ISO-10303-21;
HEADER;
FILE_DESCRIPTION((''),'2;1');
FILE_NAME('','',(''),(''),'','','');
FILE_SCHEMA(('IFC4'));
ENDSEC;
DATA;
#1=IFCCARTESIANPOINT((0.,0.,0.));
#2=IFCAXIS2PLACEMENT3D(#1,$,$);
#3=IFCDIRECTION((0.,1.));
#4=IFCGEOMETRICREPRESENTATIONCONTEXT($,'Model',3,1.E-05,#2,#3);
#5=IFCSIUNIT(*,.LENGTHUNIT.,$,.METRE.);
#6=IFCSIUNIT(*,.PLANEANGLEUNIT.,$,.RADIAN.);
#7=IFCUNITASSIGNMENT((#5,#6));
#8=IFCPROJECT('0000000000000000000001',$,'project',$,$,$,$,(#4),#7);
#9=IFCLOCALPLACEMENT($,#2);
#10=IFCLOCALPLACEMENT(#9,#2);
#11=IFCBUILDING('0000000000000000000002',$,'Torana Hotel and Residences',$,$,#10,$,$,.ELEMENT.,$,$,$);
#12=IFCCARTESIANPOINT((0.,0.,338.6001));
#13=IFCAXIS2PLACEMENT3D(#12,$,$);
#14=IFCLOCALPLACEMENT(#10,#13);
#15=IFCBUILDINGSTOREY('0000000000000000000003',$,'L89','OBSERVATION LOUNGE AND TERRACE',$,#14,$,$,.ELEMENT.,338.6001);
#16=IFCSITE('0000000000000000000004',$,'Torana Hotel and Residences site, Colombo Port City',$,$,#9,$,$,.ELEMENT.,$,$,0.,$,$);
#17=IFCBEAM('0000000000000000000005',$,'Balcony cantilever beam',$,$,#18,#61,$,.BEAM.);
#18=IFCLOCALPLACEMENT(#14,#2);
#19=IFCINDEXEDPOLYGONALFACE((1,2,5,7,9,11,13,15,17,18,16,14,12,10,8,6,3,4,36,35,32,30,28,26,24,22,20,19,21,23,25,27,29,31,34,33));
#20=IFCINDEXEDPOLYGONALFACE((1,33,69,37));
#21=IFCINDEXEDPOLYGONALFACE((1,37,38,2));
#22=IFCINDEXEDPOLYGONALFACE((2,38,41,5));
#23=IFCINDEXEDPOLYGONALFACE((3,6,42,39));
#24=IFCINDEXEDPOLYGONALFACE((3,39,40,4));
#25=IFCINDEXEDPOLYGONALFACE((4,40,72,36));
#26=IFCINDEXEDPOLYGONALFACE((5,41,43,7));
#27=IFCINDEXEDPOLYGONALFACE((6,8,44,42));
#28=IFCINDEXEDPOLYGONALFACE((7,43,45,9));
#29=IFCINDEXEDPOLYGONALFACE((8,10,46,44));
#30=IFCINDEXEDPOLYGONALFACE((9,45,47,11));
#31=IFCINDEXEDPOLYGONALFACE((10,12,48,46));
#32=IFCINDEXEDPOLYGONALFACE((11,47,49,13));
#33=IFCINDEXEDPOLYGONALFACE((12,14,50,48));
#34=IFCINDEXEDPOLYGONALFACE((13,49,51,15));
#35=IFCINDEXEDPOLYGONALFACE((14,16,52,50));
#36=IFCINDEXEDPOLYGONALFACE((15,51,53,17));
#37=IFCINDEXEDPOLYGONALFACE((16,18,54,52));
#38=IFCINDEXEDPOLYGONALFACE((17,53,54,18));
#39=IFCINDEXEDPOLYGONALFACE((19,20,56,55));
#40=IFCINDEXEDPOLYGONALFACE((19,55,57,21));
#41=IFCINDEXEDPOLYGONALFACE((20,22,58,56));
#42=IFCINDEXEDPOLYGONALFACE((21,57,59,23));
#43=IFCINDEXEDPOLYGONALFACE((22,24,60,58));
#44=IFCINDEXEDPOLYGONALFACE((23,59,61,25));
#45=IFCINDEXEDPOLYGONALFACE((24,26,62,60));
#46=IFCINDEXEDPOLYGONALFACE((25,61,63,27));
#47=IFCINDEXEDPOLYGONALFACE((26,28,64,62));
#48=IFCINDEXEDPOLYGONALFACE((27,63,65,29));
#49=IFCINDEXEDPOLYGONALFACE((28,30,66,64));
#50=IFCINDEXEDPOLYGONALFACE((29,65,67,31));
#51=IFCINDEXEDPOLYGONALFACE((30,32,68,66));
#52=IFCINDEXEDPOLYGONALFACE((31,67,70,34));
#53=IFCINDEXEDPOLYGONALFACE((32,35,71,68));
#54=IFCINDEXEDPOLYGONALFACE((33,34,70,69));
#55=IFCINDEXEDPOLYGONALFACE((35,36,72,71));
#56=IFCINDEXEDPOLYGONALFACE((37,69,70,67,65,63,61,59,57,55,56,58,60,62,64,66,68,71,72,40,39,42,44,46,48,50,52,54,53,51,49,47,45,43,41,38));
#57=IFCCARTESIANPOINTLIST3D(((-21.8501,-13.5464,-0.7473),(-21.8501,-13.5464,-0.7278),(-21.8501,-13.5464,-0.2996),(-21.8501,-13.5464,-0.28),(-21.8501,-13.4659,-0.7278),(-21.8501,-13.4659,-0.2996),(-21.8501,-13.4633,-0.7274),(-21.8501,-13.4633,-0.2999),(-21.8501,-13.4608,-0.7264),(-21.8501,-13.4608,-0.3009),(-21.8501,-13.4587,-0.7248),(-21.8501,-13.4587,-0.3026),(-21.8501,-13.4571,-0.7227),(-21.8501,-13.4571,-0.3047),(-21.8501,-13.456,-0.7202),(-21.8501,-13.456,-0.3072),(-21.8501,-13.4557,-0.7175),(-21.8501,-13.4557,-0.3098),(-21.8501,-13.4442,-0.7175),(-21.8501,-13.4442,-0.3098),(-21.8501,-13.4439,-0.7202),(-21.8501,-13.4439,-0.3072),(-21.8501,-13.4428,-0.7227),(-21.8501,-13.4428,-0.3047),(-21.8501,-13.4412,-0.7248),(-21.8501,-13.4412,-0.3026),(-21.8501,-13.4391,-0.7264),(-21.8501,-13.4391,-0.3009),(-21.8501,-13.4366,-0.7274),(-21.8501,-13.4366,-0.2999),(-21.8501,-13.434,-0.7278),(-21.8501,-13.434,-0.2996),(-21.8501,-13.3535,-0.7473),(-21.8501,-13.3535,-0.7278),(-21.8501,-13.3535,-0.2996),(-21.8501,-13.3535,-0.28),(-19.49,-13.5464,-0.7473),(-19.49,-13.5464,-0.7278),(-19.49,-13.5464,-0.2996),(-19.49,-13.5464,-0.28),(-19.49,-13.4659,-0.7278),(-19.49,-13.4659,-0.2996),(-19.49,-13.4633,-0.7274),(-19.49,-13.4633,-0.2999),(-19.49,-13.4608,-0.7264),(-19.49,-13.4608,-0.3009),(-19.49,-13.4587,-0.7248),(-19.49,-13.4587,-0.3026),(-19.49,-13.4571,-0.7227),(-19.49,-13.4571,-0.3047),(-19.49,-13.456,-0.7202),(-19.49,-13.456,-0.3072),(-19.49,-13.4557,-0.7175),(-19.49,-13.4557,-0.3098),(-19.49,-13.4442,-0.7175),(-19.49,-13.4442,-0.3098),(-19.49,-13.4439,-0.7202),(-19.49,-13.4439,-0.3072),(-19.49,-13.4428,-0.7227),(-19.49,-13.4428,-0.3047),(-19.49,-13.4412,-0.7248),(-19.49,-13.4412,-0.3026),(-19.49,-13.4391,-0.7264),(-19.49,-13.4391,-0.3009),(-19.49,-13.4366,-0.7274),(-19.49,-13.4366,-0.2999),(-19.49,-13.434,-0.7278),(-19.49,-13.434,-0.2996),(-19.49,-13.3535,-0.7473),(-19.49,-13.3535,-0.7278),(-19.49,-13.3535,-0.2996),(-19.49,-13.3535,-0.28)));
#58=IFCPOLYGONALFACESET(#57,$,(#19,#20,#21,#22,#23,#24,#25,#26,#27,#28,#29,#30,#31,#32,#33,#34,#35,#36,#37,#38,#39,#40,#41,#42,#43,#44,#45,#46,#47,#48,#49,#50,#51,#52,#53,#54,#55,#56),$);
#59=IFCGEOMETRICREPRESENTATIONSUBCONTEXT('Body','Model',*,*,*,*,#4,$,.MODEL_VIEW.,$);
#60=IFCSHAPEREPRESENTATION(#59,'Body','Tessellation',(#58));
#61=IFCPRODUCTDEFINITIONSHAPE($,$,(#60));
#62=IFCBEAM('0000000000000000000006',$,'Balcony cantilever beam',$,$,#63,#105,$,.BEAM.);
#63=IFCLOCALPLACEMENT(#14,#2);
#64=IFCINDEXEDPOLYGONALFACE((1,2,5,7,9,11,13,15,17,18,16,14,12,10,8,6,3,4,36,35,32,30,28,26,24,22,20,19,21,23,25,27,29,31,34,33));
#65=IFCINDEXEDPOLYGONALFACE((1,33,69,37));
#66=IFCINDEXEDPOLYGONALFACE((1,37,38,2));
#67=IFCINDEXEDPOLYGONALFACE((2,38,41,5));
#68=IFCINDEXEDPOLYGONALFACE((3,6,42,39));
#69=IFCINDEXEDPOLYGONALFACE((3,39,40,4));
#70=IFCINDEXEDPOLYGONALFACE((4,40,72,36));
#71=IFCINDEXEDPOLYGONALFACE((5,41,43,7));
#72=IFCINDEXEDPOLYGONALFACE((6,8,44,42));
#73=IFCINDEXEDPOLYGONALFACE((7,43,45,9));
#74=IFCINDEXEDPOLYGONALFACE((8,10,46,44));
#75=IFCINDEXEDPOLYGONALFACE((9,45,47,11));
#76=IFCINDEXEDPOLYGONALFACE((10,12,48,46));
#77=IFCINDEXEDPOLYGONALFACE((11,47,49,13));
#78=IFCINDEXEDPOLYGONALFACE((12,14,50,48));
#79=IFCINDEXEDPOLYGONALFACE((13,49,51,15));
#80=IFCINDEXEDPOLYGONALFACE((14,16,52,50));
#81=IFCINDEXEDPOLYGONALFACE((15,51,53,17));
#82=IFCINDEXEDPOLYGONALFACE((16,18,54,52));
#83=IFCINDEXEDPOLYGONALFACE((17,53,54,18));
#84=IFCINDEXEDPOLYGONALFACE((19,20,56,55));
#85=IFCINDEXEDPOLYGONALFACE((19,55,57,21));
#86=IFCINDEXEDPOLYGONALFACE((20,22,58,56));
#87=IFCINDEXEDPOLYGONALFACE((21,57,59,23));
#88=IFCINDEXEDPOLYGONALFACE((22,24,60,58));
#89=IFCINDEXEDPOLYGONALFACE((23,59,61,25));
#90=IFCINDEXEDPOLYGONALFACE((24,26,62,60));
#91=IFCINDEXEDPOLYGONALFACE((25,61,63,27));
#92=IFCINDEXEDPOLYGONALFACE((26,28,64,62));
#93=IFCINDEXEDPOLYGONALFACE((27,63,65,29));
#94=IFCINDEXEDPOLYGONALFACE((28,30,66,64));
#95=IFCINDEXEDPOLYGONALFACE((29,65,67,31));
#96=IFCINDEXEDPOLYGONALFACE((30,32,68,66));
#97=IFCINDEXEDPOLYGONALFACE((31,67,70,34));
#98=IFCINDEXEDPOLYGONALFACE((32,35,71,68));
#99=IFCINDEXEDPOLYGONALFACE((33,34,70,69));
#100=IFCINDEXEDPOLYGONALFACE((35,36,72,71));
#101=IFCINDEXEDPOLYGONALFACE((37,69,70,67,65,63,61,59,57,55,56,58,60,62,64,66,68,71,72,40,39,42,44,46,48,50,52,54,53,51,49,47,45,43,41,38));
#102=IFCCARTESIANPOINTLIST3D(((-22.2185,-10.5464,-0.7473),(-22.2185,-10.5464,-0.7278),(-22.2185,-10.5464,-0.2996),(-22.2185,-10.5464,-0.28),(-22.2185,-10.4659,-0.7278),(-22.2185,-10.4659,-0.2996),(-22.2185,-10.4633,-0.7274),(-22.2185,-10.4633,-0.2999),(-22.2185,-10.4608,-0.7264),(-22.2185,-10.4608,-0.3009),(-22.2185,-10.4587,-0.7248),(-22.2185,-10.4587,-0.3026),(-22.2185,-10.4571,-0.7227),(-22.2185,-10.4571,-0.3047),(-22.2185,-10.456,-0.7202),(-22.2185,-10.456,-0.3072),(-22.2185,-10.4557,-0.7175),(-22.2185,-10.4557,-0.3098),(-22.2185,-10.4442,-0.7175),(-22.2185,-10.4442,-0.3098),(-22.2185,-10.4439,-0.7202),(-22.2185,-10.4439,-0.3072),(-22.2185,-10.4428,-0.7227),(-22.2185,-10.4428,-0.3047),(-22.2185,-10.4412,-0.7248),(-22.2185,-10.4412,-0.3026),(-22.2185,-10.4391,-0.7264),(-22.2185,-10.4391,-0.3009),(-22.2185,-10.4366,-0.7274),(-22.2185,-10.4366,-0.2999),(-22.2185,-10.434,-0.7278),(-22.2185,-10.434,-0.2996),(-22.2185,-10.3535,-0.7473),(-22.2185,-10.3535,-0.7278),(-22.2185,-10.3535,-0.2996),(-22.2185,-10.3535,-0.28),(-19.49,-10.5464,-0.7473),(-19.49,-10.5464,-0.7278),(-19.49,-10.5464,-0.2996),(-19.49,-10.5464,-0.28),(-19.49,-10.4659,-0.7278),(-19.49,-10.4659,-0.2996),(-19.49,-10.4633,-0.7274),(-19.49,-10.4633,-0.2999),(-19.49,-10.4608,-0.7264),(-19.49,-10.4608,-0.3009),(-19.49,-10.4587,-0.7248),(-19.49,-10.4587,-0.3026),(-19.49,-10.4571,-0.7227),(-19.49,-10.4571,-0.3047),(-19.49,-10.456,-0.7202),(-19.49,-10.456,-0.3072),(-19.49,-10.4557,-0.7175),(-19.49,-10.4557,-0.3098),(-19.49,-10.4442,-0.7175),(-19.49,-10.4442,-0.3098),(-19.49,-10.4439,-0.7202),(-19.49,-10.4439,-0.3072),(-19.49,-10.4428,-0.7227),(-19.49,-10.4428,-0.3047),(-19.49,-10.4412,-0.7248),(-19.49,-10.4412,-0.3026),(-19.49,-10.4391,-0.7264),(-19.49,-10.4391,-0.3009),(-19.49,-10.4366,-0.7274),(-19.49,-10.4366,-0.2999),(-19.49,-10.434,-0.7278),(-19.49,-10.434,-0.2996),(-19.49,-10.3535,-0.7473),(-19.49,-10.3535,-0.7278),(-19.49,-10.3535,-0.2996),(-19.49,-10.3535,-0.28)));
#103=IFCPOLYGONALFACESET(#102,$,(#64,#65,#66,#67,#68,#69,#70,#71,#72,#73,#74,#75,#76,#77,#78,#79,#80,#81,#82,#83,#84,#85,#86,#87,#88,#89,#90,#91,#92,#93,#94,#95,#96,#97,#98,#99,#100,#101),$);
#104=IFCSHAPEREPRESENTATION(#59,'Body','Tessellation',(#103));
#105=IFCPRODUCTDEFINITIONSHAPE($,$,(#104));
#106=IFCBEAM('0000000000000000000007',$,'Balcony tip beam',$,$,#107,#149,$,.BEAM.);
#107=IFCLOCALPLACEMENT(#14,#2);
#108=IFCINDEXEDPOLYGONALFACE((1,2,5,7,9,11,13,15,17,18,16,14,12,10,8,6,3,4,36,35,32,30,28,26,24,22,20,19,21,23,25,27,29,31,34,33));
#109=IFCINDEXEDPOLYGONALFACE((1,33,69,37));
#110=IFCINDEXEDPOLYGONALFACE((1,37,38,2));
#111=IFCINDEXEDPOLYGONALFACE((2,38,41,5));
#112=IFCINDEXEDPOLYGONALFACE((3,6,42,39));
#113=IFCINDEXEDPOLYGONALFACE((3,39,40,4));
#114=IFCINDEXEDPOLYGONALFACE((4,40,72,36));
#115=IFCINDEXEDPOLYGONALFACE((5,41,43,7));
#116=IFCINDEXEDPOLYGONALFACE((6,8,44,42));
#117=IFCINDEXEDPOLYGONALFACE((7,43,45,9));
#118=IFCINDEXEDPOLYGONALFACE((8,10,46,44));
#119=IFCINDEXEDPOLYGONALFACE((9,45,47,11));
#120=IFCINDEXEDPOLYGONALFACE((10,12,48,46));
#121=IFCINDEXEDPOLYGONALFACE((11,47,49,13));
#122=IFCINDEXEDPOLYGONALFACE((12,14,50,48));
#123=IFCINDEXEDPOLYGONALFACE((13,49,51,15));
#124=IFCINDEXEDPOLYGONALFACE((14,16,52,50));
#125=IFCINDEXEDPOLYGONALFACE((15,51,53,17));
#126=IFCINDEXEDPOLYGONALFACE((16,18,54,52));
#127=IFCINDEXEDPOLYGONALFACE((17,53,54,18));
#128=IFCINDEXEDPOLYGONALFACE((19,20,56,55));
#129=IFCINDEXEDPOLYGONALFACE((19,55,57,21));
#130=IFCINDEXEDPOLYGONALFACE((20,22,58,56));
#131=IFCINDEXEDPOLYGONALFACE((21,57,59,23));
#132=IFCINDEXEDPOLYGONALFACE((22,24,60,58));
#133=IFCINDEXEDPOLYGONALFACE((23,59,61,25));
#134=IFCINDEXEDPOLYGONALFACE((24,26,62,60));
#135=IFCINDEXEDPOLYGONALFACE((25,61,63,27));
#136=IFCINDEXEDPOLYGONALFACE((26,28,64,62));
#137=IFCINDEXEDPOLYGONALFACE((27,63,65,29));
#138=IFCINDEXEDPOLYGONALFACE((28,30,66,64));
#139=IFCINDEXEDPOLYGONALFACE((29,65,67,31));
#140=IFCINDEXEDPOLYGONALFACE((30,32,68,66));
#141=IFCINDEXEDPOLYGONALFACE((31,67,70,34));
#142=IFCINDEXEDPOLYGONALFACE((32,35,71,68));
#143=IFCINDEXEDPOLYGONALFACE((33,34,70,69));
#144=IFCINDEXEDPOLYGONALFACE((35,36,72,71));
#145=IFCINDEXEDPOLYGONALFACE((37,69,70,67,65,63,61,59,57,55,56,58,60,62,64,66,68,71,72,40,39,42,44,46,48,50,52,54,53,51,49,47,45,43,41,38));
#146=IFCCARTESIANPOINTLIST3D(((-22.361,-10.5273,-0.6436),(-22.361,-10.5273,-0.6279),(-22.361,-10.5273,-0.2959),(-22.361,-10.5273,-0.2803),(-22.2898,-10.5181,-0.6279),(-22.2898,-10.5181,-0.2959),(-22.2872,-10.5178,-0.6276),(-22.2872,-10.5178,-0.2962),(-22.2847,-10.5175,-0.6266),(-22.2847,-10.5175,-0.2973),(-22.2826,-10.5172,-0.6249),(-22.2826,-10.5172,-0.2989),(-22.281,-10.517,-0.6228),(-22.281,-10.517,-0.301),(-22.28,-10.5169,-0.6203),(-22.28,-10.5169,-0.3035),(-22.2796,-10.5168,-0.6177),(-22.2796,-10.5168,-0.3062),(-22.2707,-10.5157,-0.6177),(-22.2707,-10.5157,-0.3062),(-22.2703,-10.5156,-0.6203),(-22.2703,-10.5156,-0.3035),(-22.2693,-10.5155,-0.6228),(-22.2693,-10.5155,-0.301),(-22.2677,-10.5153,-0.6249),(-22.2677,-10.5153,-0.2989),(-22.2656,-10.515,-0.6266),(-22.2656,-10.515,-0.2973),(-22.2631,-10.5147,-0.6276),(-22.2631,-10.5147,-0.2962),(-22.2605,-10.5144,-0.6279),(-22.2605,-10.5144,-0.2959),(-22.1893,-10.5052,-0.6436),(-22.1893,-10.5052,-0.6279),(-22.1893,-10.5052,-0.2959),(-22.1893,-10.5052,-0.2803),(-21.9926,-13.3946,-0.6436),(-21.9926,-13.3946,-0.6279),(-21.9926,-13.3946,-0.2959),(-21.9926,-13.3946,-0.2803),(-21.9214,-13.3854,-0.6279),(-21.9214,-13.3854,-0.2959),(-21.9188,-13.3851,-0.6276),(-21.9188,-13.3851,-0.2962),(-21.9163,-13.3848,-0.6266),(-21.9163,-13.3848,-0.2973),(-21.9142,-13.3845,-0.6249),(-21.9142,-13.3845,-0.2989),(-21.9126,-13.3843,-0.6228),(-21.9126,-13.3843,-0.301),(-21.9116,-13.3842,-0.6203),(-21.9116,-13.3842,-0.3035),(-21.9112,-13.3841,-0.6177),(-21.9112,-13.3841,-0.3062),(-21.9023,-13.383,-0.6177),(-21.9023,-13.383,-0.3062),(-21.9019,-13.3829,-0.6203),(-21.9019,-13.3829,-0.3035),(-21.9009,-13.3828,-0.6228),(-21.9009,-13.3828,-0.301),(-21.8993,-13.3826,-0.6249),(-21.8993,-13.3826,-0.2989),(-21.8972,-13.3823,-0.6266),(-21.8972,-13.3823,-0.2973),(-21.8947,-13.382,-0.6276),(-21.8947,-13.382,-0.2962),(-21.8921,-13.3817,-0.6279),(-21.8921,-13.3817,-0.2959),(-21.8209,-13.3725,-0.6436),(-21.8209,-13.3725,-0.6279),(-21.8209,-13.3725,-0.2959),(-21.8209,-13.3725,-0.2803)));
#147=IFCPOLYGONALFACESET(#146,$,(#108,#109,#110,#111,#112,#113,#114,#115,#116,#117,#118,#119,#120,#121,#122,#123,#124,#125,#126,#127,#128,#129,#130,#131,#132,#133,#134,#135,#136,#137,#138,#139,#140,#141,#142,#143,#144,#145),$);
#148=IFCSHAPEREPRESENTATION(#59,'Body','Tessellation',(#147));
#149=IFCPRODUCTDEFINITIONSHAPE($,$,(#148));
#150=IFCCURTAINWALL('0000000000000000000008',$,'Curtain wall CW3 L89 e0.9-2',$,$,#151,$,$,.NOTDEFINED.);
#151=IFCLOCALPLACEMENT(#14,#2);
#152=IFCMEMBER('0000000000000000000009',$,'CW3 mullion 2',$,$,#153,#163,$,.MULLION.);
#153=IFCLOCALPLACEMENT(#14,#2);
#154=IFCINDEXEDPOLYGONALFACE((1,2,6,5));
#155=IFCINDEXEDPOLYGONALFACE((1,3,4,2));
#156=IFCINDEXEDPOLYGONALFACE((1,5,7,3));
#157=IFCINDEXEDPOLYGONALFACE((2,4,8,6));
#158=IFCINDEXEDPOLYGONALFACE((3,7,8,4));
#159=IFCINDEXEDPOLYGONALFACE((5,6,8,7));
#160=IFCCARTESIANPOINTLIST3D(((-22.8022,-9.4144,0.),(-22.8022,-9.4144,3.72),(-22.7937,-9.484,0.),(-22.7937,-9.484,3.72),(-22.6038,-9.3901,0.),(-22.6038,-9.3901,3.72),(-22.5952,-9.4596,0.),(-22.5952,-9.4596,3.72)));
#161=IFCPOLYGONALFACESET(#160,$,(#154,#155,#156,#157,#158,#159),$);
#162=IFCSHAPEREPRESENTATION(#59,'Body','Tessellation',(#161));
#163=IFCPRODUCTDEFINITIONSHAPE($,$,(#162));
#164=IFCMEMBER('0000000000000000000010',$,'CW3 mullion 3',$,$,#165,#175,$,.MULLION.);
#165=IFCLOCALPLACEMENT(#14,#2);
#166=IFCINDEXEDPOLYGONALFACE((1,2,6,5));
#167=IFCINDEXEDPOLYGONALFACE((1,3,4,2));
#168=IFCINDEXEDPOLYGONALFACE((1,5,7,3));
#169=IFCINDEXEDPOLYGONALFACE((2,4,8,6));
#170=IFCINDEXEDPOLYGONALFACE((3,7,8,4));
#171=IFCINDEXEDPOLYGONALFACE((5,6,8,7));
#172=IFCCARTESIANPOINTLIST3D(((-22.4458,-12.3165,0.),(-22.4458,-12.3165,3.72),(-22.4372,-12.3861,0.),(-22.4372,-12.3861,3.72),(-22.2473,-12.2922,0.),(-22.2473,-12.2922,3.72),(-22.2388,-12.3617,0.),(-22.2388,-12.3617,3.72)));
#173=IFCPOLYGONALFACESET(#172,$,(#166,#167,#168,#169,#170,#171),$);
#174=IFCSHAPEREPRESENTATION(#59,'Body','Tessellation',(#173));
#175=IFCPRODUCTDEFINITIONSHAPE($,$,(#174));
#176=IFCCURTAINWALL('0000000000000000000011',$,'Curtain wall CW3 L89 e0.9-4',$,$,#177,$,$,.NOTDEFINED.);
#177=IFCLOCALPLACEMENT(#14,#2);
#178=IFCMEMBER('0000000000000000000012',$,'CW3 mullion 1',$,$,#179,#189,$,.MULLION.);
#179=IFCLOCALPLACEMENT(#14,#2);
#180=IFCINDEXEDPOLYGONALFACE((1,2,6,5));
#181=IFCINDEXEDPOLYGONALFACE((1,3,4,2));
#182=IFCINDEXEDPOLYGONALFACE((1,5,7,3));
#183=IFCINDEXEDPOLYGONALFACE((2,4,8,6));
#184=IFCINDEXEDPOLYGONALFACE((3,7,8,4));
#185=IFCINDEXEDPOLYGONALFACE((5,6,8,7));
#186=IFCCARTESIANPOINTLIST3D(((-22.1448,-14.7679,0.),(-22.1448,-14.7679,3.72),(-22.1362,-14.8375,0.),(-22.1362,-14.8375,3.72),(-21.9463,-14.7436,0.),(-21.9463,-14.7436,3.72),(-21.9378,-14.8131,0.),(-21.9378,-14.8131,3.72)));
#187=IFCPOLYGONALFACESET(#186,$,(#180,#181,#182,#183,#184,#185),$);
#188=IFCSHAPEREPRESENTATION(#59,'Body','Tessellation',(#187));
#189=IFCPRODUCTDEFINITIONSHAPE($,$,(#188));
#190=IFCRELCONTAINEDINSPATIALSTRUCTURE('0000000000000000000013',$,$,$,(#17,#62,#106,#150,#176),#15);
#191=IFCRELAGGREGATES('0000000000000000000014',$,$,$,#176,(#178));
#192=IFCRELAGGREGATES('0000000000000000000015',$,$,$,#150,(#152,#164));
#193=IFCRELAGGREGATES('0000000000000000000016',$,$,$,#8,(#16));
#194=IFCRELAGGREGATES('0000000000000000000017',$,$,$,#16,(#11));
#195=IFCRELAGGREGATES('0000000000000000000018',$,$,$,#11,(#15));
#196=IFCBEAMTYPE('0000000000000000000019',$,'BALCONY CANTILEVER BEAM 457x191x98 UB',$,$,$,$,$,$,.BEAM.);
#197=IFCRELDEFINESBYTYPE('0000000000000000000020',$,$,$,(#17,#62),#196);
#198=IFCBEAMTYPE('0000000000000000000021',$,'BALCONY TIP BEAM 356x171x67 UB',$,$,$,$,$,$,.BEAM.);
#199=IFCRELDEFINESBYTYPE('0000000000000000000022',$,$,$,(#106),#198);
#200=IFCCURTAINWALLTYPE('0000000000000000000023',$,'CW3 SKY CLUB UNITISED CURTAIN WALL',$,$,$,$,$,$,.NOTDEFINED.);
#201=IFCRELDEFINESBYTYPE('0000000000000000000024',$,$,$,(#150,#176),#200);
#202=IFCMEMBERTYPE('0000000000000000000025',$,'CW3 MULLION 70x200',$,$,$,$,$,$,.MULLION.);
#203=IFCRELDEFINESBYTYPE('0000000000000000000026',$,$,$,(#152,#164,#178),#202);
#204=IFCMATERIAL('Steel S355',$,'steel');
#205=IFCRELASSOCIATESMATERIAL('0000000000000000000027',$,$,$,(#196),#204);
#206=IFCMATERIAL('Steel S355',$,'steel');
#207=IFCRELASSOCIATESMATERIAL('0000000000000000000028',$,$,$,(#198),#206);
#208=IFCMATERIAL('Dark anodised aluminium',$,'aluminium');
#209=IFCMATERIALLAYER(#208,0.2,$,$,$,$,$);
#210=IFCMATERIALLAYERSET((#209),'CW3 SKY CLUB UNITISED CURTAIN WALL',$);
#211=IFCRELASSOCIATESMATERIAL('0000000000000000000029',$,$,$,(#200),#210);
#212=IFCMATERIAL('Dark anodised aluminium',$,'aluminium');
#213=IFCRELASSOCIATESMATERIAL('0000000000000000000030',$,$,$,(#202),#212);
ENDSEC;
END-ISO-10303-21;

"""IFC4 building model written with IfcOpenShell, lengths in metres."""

from ifc_helpers import new_model, si_unit, direction, frame, origin, origin_2d, place, context, subcontext, project, spatial, rectangle, i_section, extrude, material, layer, layer_set, material_profile, profile_set, type_object, element, aggregate, save


model = new_model("IFC4")

# Units and contexts
model_context = context("Model", 3, precision=1e-05, world=origin(), true_north=direction((0.0, 1.0)))
body_context = subcontext(model_context, "Body", "Model", "MODEL_VIEW")
ifc_project = project(units=[si_unit("LENGTHUNIT", "METRE"), si_unit("PLANEANGLEUNIT", "RADIAN")], contexts=[model_context])

# Site, building, storey
site_placement = place(None, origin())
site = spatial("IfcSite", under=ifc_project, at=site_placement, Name="Torana Hotel and Residences site, Colombo Port City", CompositionType="ELEMENT", RefElevation=0.0)
building_placement = place(site_placement, origin())
building = spatial("IfcBuilding", under=site, at=building_placement, Name="Torana Hotel and Residences", CompositionType="ELEMENT")
storey_placement = place(building_placement, frame((0.0, 0.0, 338.6001)))
storey = spatial("IfcBuildingStorey", under=building, at=storey_placement, Name="L89", Description="OBSERVATION LOUNGE AND TERRACE", CompositionType="ELEMENT", Elevation=338.6001)

# Beams
ifc_material_1 = material(Name="Steel S355", Category="steel")
ifc_material_profile_1 = material_profile(ifc_material_1, i_section(OverallWidth=0.1929, OverallDepth=0.4673, WebThickness=0.0115, FlangeThickness=0.0195, FilletRadius=0.0103, at=origin_2d()), Name="457x191x98 UB")
ifc_profile_set_1 = profile_set([ifc_material_profile_1], Name="Steel S355")
beam_type_1 = type_object("IfcBeamType", Name="BALCONY CANTILEVER BEAM 457x191x98 UB", PredefinedType="BEAM", material=ifc_profile_set_1)
beam_1_placement = place(storey_placement, frame((-19.49, -13.45, -0.5137), z_axis=(-1.0, 0.0, 0.0), x_axis=(0.0, -1.0, 0.0)))
element("IfcBeam", 1, at=beam_1_placement, inside=storey, type_object=beam_type_1, Name="Balcony cantilever beam", PredefinedType="BEAM", context=body_context, shape_type="SweptSolid", body=[
    extrude(i_section(OverallWidth=0.1929, OverallDepth=0.4673, WebThickness=0.0115, FlangeThickness=0.0195, FilletRadius=0.0103, at=origin_2d()), origin(), (0.0, 0.0, 1.0), 2.3601),
])
beam_2_placement = place(storey_placement, frame((-19.49, -10.45, -0.5137), z_axis=(-1.0, 0.0, 0.0), x_axis=(0.0, -1.0, 0.0)))
element("IfcBeam", 2, at=beam_2_placement, inside=storey, type_object=beam_type_1, Name="Balcony cantilever beam", PredefinedType="BEAM", context=body_context, shape_type="SweptSolid", body=[
    extrude(i_section(OverallWidth=0.1929, OverallDepth=0.4673, WebThickness=0.0115, FlangeThickness=0.0195, FilletRadius=0.0103, at=origin_2d()), origin(), (0.0, 0.0, 1.0), 2.7285),
])
ifc_material_2 = material(Name="Steel S355", Category="steel")
ifc_material_profile_2 = material_profile(ifc_material_2, i_section(OverallWidth=0.1731, OverallDepth=0.3633, WebThickness=0.009, FlangeThickness=0.0156, FilletRadius=0.0103, at=origin_2d()), Name="356x171x67 UB")
ifc_profile_set_2 = profile_set([ifc_material_profile_2], Name="Steel S355")
beam_type_2 = type_object("IfcBeamType", Name="BALCONY TIP BEAM 356x171x67 UB", PredefinedType="BEAM", material=ifc_profile_set_2)
beam_3_placement = place(storey_placement, frame((-21.9067, -13.3835, -0.4619), z_axis=(-0.127443, 0.991846, 0.0), x_axis=(-0.991846, -0.127443, 0.0)))
element("IfcBeam", 3, at=beam_3_placement, inside=storey, type_object=beam_type_2, Name="Balcony tip beam", PredefinedType="BEAM", context=body_context, shape_type="SweptSolid", body=[
    extrude(i_section(OverallWidth=0.1731, OverallDepth=0.3633, WebThickness=0.009, FlangeThickness=0.0156, FilletRadius=0.0103, at=origin_2d()), origin(), (0.0, 0.0, 1.0), 2.8909),
])

# Curtain wall, members
ifc_material_3 = material(Name="Dark anodised aluminium", Category="aluminium")
ifc_layer_1 = layer(ifc_material_3, 0.2)
ifc_layer_set_1 = layer_set([ifc_layer_1], Name="CW3 SKY CLUB UNITISED CURTAIN WALL")
curtain_wall_type = type_object("IfcCurtainWallType", Name="CW3 SKY CLUB UNITISED CURTAIN WALL", PredefinedType="NOTDEFINED", material=ifc_layer_set_1)
curtain_wall_1_placement = place(storey_placement, origin())
curtain_wall_1 = element("IfcCurtainWall", 4, at=curtain_wall_1_placement, inside=storey, type_object=curtain_wall_type, Name="Curtain wall CW3 L89 e0.9-2", PredefinedType="NOTDEFINED")
ifc_material_4 = material(Name="Dark anodised aluminium", Category="aluminium")
ifc_material_profile_3 = material_profile(ifc_material_4, rectangle(XDim=0.2, YDim=0.0701, at=origin_2d()), Name="CW3 MULLION 70x200")
ifc_profile_set_3 = profile_set([ifc_material_profile_3], Name="Dark anodised aluminium")
member_type_1 = type_object("IfcMemberType", Name="CW3 MULLION 70x200", PredefinedType="MULLION", material=ifc_profile_set_3)
member_1_placement = place(storey_placement, frame((-22.6987, -9.437, 0.0), z_axis=(0.0, 0.0, 1.0), x_axis=(0.992545, 0.121876, 0.0)))
member_1 = element("IfcMember", 5, at=member_1_placement, type_object=member_type_1, Name="CW3 mullion 2", PredefinedType="MULLION", context=body_context, shape_type="SweptSolid", body=[
    extrude(rectangle(XDim=0.2, YDim=0.0701, at=origin_2d()), origin(), (0.0, 0.0, 1.0), 3.72),
])
member_2_placement = place(storey_placement, frame((-22.3423, -12.3391, 0.0), z_axis=(0.0, 0.0, 1.0), x_axis=(0.992545, 0.121876, 0.0)))
member_2 = element("IfcMember", 6, at=member_2_placement, type_object=member_type_1, Name="CW3 mullion 3", PredefinedType="MULLION", context=body_context, shape_type="SweptSolid", body=[
    extrude(rectangle(XDim=0.2, YDim=0.0701, at=origin_2d()), origin(), (0.0, 0.0, 1.0), 3.72),
])

# Curtain wall, member
curtain_wall_2_placement = place(storey_placement, origin())
curtain_wall_2 = element("IfcCurtainWall", 7, at=curtain_wall_2_placement, inside=storey, type_object=curtain_wall_type, Name="Curtain wall CW3 L89 e0.9-4", PredefinedType="NOTDEFINED")
member_3_placement = place(storey_placement, frame((-22.0413, -14.7905, 0.0), z_axis=(0.0, 0.0, 1.0), x_axis=(0.992548, 0.121857, 0.0)))
member_3 = element("IfcMember", 8, at=member_3_placement, type_object=member_type_1, Name="CW3 mullion 1", PredefinedType="MULLION", context=body_context, shape_type="SweptSolid", body=[
    extrude(rectangle(XDim=0.2, YDim=0.0701, at=origin_2d()), origin(), (0.0, 0.0, 1.0), 3.72),
])

aggregate(curtain_wall_2, [member_3])

aggregate(curtain_wall_1, [member_1, member_2])

save(model, "model.ifc")
